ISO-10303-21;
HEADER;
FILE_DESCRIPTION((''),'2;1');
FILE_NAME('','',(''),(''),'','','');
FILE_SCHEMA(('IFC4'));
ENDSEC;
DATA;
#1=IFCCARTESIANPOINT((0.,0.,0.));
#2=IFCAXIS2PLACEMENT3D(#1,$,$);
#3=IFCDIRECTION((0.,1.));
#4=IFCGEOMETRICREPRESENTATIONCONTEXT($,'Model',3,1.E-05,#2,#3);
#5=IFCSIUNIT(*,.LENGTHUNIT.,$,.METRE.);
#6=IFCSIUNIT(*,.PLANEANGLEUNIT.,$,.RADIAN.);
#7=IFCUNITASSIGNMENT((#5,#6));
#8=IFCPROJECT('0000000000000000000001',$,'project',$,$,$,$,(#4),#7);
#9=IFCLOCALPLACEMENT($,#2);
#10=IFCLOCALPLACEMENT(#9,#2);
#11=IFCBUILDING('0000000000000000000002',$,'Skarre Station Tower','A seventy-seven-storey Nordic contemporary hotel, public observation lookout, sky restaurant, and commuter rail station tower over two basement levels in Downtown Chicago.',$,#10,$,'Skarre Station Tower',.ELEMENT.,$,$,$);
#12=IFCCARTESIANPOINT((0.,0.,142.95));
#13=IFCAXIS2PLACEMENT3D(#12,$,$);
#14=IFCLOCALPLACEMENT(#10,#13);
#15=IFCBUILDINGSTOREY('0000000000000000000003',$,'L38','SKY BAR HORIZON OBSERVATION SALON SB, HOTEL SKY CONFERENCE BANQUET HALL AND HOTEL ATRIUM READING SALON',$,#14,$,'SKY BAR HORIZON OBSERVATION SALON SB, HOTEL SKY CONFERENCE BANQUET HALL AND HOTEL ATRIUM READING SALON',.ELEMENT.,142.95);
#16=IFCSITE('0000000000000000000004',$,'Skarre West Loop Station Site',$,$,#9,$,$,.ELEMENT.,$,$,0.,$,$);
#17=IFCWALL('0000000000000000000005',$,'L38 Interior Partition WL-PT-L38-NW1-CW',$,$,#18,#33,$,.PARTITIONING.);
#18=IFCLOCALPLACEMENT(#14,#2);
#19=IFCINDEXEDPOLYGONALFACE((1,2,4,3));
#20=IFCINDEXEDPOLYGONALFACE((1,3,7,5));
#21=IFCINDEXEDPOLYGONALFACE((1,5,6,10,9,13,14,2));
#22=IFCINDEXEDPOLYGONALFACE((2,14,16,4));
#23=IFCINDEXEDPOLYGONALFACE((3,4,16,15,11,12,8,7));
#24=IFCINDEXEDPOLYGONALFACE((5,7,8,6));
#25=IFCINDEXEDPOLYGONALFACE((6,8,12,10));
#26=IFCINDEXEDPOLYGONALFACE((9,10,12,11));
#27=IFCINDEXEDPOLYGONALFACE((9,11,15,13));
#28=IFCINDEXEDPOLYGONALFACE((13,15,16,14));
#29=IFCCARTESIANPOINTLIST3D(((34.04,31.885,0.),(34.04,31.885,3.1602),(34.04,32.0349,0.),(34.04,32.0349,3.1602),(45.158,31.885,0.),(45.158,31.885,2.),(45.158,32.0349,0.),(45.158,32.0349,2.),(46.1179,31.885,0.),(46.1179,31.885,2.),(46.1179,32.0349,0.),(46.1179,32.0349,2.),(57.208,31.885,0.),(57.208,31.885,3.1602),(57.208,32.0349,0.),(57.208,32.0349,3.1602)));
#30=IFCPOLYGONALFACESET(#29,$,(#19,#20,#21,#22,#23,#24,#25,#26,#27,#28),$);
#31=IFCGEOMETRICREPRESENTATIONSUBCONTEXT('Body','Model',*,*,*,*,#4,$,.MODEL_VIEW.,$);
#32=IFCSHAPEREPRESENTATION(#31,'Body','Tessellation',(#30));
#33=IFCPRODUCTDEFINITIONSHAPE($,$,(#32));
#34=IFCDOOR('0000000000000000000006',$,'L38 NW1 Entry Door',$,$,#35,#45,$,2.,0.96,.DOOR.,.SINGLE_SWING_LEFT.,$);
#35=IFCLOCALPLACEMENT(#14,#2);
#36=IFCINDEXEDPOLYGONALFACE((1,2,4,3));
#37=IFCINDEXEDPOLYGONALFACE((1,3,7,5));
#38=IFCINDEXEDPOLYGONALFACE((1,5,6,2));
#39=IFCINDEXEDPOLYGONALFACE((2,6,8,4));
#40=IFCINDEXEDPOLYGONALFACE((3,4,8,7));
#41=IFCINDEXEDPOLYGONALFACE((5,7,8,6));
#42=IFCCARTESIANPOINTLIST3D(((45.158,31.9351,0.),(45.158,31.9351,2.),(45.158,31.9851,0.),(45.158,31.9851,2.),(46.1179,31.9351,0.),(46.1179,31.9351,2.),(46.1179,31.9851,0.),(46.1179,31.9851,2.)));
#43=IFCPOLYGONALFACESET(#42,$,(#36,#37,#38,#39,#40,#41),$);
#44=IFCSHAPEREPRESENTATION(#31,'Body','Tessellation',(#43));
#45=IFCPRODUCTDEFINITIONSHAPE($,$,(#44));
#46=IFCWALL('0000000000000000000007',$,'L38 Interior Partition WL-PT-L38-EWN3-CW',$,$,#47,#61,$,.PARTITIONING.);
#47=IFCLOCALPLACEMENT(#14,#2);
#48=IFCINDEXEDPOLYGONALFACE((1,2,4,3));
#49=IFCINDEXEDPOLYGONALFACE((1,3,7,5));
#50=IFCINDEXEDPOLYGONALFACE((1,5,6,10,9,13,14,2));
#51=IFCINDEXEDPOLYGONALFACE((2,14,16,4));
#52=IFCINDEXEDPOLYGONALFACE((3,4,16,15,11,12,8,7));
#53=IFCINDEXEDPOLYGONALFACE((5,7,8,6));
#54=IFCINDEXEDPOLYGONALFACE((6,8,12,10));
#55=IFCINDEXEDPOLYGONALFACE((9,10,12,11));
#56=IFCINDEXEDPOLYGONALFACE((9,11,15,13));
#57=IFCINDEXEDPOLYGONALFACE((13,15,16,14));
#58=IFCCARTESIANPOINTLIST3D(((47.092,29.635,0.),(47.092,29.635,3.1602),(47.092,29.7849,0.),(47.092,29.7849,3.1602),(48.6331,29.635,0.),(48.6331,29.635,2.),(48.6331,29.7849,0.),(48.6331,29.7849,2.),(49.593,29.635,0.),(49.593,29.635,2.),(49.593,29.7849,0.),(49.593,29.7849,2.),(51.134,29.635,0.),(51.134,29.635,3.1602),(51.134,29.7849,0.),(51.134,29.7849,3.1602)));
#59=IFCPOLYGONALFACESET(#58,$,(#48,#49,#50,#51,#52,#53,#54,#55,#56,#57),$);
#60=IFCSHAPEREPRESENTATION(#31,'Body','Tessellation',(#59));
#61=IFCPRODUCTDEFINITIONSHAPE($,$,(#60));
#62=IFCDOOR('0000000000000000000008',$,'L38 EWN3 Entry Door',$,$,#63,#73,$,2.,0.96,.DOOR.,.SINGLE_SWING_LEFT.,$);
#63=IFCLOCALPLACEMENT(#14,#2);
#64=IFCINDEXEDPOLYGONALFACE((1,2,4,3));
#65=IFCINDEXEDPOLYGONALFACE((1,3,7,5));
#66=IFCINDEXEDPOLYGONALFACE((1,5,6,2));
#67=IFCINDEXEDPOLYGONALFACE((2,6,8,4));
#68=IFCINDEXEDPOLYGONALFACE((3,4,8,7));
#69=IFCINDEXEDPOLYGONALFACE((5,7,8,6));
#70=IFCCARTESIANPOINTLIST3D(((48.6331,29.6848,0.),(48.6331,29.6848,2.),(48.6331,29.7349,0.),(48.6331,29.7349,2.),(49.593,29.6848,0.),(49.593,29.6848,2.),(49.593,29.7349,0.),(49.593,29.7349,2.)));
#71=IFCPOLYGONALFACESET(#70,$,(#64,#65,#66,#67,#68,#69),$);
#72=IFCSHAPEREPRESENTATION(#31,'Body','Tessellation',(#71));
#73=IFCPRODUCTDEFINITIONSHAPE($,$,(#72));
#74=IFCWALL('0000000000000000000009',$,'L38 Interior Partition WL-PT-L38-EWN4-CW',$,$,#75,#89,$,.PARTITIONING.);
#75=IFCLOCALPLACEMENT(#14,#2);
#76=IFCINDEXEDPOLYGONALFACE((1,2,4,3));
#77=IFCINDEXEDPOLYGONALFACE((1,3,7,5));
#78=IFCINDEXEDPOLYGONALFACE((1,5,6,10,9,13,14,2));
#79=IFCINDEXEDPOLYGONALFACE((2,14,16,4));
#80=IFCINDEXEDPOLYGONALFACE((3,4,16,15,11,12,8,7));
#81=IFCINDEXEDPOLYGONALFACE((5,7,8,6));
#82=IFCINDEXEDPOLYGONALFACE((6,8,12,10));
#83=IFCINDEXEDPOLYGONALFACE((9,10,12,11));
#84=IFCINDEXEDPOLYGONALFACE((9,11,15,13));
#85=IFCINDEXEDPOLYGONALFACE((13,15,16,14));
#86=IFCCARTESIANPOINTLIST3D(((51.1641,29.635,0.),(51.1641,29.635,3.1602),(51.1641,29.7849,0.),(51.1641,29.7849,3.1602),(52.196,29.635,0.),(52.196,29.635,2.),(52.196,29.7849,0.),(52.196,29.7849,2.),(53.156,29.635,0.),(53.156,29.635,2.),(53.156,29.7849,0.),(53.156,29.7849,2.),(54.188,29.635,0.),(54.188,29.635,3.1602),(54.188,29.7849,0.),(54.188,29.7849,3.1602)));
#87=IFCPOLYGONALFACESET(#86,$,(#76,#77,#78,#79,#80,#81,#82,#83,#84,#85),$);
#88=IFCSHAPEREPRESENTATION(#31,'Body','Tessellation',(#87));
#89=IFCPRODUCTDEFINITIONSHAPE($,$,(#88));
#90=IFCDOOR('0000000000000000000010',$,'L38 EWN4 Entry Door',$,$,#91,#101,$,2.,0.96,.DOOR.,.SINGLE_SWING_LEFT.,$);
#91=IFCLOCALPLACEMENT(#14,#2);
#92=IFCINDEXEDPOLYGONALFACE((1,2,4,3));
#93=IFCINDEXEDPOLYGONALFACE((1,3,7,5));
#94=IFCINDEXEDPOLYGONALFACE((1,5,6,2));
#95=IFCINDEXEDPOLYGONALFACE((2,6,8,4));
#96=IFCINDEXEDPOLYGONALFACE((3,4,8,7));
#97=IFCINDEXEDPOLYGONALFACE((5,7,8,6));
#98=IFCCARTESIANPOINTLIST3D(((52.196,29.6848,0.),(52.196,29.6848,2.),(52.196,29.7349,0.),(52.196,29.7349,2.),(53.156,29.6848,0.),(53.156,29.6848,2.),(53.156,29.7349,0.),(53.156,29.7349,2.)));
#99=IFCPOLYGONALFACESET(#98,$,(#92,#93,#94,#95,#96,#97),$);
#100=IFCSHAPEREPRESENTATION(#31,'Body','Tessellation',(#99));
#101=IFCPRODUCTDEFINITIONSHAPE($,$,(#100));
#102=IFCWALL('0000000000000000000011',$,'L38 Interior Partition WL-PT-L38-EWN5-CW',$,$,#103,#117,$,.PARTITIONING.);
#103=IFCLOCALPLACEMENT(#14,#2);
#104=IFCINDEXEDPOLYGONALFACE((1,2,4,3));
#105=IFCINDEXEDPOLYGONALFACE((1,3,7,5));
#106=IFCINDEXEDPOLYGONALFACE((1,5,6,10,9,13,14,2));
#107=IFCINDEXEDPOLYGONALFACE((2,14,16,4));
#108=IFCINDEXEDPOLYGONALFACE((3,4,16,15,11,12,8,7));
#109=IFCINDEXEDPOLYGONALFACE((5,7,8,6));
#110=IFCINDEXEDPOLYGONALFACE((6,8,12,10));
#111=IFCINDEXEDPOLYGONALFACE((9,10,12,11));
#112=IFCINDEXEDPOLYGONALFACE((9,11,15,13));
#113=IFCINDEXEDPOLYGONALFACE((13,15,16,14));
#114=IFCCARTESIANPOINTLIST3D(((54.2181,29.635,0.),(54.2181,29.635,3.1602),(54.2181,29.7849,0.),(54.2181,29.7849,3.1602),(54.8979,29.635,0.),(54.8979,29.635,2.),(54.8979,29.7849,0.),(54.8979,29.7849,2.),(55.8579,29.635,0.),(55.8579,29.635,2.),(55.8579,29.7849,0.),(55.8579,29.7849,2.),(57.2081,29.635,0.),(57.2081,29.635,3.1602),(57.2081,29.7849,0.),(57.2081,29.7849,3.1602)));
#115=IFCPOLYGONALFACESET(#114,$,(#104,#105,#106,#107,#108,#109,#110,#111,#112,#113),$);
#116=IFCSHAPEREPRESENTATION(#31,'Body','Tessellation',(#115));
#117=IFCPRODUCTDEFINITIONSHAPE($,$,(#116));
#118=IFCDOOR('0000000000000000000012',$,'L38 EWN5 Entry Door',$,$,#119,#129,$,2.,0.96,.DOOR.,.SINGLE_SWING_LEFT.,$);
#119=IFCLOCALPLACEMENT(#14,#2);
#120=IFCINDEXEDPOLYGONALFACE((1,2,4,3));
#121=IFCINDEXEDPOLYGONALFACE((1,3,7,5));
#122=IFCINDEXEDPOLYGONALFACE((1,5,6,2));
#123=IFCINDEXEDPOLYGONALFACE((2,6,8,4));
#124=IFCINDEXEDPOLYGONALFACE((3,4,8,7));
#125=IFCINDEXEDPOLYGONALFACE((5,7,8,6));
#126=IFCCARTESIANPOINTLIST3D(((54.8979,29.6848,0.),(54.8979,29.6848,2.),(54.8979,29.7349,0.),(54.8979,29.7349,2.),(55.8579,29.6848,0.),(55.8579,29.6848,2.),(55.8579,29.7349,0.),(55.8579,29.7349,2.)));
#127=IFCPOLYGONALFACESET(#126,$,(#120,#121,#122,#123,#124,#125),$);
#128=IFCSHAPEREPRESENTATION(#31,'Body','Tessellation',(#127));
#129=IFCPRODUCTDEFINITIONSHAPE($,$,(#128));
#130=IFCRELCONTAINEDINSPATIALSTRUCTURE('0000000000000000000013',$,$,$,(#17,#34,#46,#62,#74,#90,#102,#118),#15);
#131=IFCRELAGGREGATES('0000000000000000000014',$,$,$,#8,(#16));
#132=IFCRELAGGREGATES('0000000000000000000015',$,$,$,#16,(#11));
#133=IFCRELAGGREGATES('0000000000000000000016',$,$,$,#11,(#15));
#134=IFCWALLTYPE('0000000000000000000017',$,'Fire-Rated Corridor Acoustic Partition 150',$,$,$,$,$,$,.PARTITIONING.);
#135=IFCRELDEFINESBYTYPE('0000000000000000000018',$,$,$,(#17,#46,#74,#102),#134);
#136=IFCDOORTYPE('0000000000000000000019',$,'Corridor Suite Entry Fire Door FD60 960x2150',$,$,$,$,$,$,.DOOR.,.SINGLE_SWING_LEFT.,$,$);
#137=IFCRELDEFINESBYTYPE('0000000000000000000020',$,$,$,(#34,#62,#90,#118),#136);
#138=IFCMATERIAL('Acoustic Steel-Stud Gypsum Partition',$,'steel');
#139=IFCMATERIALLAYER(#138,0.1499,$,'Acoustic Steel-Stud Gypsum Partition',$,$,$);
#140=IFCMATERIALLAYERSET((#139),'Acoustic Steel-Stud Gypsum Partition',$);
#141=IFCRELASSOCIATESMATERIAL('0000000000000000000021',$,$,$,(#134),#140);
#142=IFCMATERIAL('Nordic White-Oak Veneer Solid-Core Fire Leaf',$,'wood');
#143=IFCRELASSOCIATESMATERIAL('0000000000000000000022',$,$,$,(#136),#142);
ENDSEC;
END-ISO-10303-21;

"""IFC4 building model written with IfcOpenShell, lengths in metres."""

from ifc_helpers import new_model, si_unit, direction, frame, frame_2d, origin, place, context, subcontext, project, spatial, rectangle, extrude, material, layer, layer_set, type_object, element, fill, save


model = new_model("IFC4")

# Units and contexts
model_context = context("Model", 3, precision=1e-05, world=origin(), true_north=direction((0.0, 1.0)))
body_context = subcontext(model_context, "Body", "Model", "MODEL_VIEW")
ifc_project = project(units=[si_unit("LENGTHUNIT", "METRE"), si_unit("PLANEANGLEUNIT", "RADIAN")], contexts=[model_context])

# Site, building, storey
site_placement = place(None, origin())
site = spatial("IfcSite", under=ifc_project, at=site_placement, Name="Skarre West Loop Station Site", CompositionType="ELEMENT", RefElevation=0.0)
building_placement = place(site_placement, origin())
building = spatial("IfcBuilding", under=site, at=building_placement, Name="Skarre Station Tower", Description="A seventy-seven-storey Nordic contemporary hotel, public observation lookout, sky restaurant, and commuter rail station tower over two basement levels in Downtown Chicago.", LongName="Skarre Station Tower", CompositionType="ELEMENT")
storey_placement = place(building_placement, frame((0.0, 0.0, 142.95)))
storey = spatial("IfcBuildingStorey", under=building, at=storey_placement, Name="L38", Description="SKY BAR HORIZON OBSERVATION SALON SB, HOTEL SKY CONFERENCE BANQUET HALL AND HOTEL ATRIUM READING SALON", LongName="SKY BAR HORIZON OBSERVATION SALON SB, HOTEL SKY CONFERENCE BANQUET HALL AND HOTEL ATRIUM READING SALON", CompositionType="ELEMENT", Elevation=142.95)

# Walls, openings, doors
ifc_material_1 = material(Name="Acoustic Steel-Stud Gypsum Partition", Category="steel")
ifc_layer_1 = layer(ifc_material_1, 0.1499, Name="Acoustic Steel-Stud Gypsum Partition")
ifc_layer_set_1 = layer_set([ifc_layer_1], Name="Acoustic Steel-Stud Gypsum Partition")
wall_type_1 = type_object("IfcWallType", Name="Fire-Rated Corridor Acoustic Partition 150", PredefinedType="PARTITIONING", material=ifc_layer_set_1)
wall_1_placement = place(storey_placement, frame((57.208, 31.96, 0.0), z_axis=(0.0, 0.0, 1.0), x_axis=(-1.0, 0.0, 0.0)))
wall_1 = element("IfcWall", 1, at=wall_1_placement, inside=storey, type_object=wall_type_1, Name="L38 Interior Partition WL-PT-L38-NW1-CW", PredefinedType="PARTITIONING", context=body_context, shape_type="SweptSolid", body=[
    extrude(rectangle(XDim=23.168, YDim=0.1499, at=frame_2d((11.584, 0.0))), origin(), (0.0, 0.0, 1.0), 3.1602),
])
opening_1_placement = place(wall_1_placement, frame((11.0901, 0.0, 0.0)))
opening_1 = element("IfcOpeningElement", 2, at=opening_1_placement, cuts=wall_1, PredefinedType="OPENING", context=body_context, shape_type="SweptSolid", body=[
    extrude(rectangle(XDim=0.96, YDim=2.0, at=frame_2d((0.48, 1.0))), frame((0.0, 0.085, 0.0), z_axis=(0.0, -1.0, 0.0), x_axis=(1.0, 0.0, 0.0)), (0.0, 0.0, 1.0), 0.1699),
])
ifc_material_2 = material(Name="Nordic White-Oak Veneer Solid-Core Fire Leaf", Category="wood")
door_type = type_object("IfcDoorType", Name="Corridor Suite Entry Fire Door FD60 960x2150", OperationType="SINGLE_SWING_LEFT", PredefinedType="DOOR", material=ifc_material_2)
door_1_placement = place(opening_1_placement, origin())
door_1 = element("IfcDoor", 3, at=door_1_placement, inside=storey, type_object=door_type, Name="L38 NW1 Entry Door", OperationType="SINGLE_SWING_LEFT", OverallHeight=2.0, OverallWidth=0.96, PredefinedType="DOOR", context=body_context, shape_type="SweptSolid", body=[
    extrude(rectangle(XDim=0.96, YDim=2.0, at=frame_2d((0.48, 1.0))), frame((0.0, 0.0249, 0.0), z_axis=(0.0, -1.0, 0.0), x_axis=(1.0, 0.0, 0.0)), (0.0, 0.0, 1.0), 0.05),
])
fill(opening_1, door_1)
wall_2_placement = place(storey_placement, frame((47.092, 29.71, 0.0), z_axis=(0.0, 0.0, 1.0), x_axis=(1.0, 0.0, 0.0)))
wall_2 = element("IfcWall", 4, at=wall_2_placement, inside=storey, type_object=wall_type_1, Name="L38 Interior Partition WL-PT-L38-EWN3-CW", PredefinedType="PARTITIONING", context=body_context, shape_type="SweptSolid", body=[
    extrude(rectangle(XDim=4.042, YDim=0.1499, at=frame_2d((2.021, 0.0))), origin(), (0.0, 0.0, 1.0), 3.1602),
])
opening_2_placement = place(wall_2_placement, frame((1.541, 0.0, 0.0)))
opening_2 = element("IfcOpeningElement", 5, at=opening_2_placement, cuts=wall_2, PredefinedType="OPENING", context=body_context, shape_type="SweptSolid", body=[
    extrude(rectangle(XDim=0.96, YDim=2.0, at=frame_2d((0.48, 1.0))), frame((0.0, 0.085, 0.0), z_axis=(0.0, -1.0, 0.0), x_axis=(1.0, 0.0, 0.0)), (0.0, 0.0, 1.0), 0.1699),
])
door_2_placement = place(opening_2_placement, origin())
door_2 = element("IfcDoor", 6, at=door_2_placement, inside=storey, type_object=door_type, Name="L38 EWN3 Entry Door", OperationType="SINGLE_SWING_LEFT", OverallHeight=2.0, OverallWidth=0.96, PredefinedType="DOOR", context=body_context, shape_type="SweptSolid", body=[
    extrude(rectangle(XDim=0.96, YDim=2.0, at=frame_2d((0.48, 1.0))), frame((0.0, 0.0249, 0.0), z_axis=(0.0, -1.0, 0.0), x_axis=(1.0, 0.0, 0.0)), (0.0, 0.0, 1.0), 0.05),
])
fill(opening_2, door_2)
wall_3_placement = place(storey_placement, frame((51.1641, 29.71, 0.0), z_axis=(0.0, 0.0, 1.0), x_axis=(1.0, 0.0, 0.0)))
wall_3 = element("IfcWall", 7, at=wall_3_placement, inside=storey, type_object=wall_type_1, Name="L38 Interior Partition WL-PT-L38-EWN4-CW", PredefinedType="PARTITIONING", context=body_context, shape_type="SweptSolid", body=[
    extrude(rectangle(XDim=3.0239, YDim=0.1499, at=frame_2d((1.512, 0.0))), origin(), (0.0, 0.0, 1.0), 3.1602),
])
opening_3_placement = place(wall_3_placement, frame((1.032, 0.0, 0.0)))
opening_3 = element("IfcOpeningElement", 8, at=opening_3_placement, cuts=wall_3, PredefinedType="OPENING", context=body_context, shape_type="SweptSolid", body=[
    extrude(rectangle(XDim=0.96, YDim=2.0, at=frame_2d((0.48, 1.0))), frame((0.0, 0.085, 0.0), z_axis=(0.0, -1.0, 0.0), x_axis=(1.0, 0.0, 0.0)), (0.0, 0.0, 1.0), 0.1699),
])
door_3_placement = place(opening_3_placement, origin())
door_3 = element("IfcDoor", 9, at=door_3_placement, inside=storey, type_object=door_type, Name="L38 EWN4 Entry Door", OperationType="SINGLE_SWING_LEFT", OverallHeight=2.0, OverallWidth=0.96, PredefinedType="DOOR", context=body_context, shape_type="SweptSolid", body=[
    extrude(rectangle(XDim=0.96, YDim=2.0, at=frame_2d((0.48, 1.0))), frame((0.0, 0.0249, 0.0), z_axis=(0.0, -1.0, 0.0), x_axis=(1.0, 0.0, 0.0)), (0.0, 0.0, 1.0), 0.05),
])
fill(opening_3, door_3)
wall_4_placement = place(storey_placement, frame((54.218, 29.71, 0.0), z_axis=(0.0, 0.0, 1.0), x_axis=(1.0, 0.0, 0.0)))
wall_4 = element("IfcWall", 10, at=wall_4_placement, inside=storey, type_object=wall_type_1, Name="L38 Interior Partition WL-PT-L38-EWN5-CW", PredefinedType="PARTITIONING", context=body_context, shape_type="SweptSolid", body=[
    extrude(rectangle(XDim=2.99, YDim=0.1499, at=frame_2d((1.4951, 0.0))), origin(), (0.0, 0.0, 1.0), 3.1602),
])
opening_4_placement = place(wall_4_placement, frame((0.6799, 0.0, 0.0)))
opening_4 = element("IfcOpeningElement", 11, at=opening_4_placement, cuts=wall_4, PredefinedType="OPENING", context=body_context, shape_type="SweptSolid", body=[
    extrude(rectangle(XDim=0.96, YDim=2.0, at=frame_2d((0.48, 1.0))), frame((0.0, 0.085, 0.0), z_axis=(0.0, -1.0, 0.0), x_axis=(1.0, 0.0, 0.0)), (0.0, 0.0, 1.0), 0.1699),
])
door_4_placement = place(opening_4_placement, origin())
door_4 = element("IfcDoor", 12, at=door_4_placement, inside=storey, type_object=door_type, Name="L38 EWN5 Entry Door", OperationType="SINGLE_SWING_LEFT", OverallHeight=2.0, OverallWidth=0.96, PredefinedType="DOOR", context=body_context, shape_type="SweptSolid", body=[
    extrude(rectangle(XDim=0.96, YDim=2.0, at=frame_2d((0.48, 1.0))), frame((0.0, 0.0249, 0.0), z_axis=(0.0, -1.0, 0.0), x_axis=(1.0, 0.0, 0.0)), (0.0, 0.0, 1.0), 0.05),
])
fill(opening_4, door_4)

save(model, "model.ifc")
